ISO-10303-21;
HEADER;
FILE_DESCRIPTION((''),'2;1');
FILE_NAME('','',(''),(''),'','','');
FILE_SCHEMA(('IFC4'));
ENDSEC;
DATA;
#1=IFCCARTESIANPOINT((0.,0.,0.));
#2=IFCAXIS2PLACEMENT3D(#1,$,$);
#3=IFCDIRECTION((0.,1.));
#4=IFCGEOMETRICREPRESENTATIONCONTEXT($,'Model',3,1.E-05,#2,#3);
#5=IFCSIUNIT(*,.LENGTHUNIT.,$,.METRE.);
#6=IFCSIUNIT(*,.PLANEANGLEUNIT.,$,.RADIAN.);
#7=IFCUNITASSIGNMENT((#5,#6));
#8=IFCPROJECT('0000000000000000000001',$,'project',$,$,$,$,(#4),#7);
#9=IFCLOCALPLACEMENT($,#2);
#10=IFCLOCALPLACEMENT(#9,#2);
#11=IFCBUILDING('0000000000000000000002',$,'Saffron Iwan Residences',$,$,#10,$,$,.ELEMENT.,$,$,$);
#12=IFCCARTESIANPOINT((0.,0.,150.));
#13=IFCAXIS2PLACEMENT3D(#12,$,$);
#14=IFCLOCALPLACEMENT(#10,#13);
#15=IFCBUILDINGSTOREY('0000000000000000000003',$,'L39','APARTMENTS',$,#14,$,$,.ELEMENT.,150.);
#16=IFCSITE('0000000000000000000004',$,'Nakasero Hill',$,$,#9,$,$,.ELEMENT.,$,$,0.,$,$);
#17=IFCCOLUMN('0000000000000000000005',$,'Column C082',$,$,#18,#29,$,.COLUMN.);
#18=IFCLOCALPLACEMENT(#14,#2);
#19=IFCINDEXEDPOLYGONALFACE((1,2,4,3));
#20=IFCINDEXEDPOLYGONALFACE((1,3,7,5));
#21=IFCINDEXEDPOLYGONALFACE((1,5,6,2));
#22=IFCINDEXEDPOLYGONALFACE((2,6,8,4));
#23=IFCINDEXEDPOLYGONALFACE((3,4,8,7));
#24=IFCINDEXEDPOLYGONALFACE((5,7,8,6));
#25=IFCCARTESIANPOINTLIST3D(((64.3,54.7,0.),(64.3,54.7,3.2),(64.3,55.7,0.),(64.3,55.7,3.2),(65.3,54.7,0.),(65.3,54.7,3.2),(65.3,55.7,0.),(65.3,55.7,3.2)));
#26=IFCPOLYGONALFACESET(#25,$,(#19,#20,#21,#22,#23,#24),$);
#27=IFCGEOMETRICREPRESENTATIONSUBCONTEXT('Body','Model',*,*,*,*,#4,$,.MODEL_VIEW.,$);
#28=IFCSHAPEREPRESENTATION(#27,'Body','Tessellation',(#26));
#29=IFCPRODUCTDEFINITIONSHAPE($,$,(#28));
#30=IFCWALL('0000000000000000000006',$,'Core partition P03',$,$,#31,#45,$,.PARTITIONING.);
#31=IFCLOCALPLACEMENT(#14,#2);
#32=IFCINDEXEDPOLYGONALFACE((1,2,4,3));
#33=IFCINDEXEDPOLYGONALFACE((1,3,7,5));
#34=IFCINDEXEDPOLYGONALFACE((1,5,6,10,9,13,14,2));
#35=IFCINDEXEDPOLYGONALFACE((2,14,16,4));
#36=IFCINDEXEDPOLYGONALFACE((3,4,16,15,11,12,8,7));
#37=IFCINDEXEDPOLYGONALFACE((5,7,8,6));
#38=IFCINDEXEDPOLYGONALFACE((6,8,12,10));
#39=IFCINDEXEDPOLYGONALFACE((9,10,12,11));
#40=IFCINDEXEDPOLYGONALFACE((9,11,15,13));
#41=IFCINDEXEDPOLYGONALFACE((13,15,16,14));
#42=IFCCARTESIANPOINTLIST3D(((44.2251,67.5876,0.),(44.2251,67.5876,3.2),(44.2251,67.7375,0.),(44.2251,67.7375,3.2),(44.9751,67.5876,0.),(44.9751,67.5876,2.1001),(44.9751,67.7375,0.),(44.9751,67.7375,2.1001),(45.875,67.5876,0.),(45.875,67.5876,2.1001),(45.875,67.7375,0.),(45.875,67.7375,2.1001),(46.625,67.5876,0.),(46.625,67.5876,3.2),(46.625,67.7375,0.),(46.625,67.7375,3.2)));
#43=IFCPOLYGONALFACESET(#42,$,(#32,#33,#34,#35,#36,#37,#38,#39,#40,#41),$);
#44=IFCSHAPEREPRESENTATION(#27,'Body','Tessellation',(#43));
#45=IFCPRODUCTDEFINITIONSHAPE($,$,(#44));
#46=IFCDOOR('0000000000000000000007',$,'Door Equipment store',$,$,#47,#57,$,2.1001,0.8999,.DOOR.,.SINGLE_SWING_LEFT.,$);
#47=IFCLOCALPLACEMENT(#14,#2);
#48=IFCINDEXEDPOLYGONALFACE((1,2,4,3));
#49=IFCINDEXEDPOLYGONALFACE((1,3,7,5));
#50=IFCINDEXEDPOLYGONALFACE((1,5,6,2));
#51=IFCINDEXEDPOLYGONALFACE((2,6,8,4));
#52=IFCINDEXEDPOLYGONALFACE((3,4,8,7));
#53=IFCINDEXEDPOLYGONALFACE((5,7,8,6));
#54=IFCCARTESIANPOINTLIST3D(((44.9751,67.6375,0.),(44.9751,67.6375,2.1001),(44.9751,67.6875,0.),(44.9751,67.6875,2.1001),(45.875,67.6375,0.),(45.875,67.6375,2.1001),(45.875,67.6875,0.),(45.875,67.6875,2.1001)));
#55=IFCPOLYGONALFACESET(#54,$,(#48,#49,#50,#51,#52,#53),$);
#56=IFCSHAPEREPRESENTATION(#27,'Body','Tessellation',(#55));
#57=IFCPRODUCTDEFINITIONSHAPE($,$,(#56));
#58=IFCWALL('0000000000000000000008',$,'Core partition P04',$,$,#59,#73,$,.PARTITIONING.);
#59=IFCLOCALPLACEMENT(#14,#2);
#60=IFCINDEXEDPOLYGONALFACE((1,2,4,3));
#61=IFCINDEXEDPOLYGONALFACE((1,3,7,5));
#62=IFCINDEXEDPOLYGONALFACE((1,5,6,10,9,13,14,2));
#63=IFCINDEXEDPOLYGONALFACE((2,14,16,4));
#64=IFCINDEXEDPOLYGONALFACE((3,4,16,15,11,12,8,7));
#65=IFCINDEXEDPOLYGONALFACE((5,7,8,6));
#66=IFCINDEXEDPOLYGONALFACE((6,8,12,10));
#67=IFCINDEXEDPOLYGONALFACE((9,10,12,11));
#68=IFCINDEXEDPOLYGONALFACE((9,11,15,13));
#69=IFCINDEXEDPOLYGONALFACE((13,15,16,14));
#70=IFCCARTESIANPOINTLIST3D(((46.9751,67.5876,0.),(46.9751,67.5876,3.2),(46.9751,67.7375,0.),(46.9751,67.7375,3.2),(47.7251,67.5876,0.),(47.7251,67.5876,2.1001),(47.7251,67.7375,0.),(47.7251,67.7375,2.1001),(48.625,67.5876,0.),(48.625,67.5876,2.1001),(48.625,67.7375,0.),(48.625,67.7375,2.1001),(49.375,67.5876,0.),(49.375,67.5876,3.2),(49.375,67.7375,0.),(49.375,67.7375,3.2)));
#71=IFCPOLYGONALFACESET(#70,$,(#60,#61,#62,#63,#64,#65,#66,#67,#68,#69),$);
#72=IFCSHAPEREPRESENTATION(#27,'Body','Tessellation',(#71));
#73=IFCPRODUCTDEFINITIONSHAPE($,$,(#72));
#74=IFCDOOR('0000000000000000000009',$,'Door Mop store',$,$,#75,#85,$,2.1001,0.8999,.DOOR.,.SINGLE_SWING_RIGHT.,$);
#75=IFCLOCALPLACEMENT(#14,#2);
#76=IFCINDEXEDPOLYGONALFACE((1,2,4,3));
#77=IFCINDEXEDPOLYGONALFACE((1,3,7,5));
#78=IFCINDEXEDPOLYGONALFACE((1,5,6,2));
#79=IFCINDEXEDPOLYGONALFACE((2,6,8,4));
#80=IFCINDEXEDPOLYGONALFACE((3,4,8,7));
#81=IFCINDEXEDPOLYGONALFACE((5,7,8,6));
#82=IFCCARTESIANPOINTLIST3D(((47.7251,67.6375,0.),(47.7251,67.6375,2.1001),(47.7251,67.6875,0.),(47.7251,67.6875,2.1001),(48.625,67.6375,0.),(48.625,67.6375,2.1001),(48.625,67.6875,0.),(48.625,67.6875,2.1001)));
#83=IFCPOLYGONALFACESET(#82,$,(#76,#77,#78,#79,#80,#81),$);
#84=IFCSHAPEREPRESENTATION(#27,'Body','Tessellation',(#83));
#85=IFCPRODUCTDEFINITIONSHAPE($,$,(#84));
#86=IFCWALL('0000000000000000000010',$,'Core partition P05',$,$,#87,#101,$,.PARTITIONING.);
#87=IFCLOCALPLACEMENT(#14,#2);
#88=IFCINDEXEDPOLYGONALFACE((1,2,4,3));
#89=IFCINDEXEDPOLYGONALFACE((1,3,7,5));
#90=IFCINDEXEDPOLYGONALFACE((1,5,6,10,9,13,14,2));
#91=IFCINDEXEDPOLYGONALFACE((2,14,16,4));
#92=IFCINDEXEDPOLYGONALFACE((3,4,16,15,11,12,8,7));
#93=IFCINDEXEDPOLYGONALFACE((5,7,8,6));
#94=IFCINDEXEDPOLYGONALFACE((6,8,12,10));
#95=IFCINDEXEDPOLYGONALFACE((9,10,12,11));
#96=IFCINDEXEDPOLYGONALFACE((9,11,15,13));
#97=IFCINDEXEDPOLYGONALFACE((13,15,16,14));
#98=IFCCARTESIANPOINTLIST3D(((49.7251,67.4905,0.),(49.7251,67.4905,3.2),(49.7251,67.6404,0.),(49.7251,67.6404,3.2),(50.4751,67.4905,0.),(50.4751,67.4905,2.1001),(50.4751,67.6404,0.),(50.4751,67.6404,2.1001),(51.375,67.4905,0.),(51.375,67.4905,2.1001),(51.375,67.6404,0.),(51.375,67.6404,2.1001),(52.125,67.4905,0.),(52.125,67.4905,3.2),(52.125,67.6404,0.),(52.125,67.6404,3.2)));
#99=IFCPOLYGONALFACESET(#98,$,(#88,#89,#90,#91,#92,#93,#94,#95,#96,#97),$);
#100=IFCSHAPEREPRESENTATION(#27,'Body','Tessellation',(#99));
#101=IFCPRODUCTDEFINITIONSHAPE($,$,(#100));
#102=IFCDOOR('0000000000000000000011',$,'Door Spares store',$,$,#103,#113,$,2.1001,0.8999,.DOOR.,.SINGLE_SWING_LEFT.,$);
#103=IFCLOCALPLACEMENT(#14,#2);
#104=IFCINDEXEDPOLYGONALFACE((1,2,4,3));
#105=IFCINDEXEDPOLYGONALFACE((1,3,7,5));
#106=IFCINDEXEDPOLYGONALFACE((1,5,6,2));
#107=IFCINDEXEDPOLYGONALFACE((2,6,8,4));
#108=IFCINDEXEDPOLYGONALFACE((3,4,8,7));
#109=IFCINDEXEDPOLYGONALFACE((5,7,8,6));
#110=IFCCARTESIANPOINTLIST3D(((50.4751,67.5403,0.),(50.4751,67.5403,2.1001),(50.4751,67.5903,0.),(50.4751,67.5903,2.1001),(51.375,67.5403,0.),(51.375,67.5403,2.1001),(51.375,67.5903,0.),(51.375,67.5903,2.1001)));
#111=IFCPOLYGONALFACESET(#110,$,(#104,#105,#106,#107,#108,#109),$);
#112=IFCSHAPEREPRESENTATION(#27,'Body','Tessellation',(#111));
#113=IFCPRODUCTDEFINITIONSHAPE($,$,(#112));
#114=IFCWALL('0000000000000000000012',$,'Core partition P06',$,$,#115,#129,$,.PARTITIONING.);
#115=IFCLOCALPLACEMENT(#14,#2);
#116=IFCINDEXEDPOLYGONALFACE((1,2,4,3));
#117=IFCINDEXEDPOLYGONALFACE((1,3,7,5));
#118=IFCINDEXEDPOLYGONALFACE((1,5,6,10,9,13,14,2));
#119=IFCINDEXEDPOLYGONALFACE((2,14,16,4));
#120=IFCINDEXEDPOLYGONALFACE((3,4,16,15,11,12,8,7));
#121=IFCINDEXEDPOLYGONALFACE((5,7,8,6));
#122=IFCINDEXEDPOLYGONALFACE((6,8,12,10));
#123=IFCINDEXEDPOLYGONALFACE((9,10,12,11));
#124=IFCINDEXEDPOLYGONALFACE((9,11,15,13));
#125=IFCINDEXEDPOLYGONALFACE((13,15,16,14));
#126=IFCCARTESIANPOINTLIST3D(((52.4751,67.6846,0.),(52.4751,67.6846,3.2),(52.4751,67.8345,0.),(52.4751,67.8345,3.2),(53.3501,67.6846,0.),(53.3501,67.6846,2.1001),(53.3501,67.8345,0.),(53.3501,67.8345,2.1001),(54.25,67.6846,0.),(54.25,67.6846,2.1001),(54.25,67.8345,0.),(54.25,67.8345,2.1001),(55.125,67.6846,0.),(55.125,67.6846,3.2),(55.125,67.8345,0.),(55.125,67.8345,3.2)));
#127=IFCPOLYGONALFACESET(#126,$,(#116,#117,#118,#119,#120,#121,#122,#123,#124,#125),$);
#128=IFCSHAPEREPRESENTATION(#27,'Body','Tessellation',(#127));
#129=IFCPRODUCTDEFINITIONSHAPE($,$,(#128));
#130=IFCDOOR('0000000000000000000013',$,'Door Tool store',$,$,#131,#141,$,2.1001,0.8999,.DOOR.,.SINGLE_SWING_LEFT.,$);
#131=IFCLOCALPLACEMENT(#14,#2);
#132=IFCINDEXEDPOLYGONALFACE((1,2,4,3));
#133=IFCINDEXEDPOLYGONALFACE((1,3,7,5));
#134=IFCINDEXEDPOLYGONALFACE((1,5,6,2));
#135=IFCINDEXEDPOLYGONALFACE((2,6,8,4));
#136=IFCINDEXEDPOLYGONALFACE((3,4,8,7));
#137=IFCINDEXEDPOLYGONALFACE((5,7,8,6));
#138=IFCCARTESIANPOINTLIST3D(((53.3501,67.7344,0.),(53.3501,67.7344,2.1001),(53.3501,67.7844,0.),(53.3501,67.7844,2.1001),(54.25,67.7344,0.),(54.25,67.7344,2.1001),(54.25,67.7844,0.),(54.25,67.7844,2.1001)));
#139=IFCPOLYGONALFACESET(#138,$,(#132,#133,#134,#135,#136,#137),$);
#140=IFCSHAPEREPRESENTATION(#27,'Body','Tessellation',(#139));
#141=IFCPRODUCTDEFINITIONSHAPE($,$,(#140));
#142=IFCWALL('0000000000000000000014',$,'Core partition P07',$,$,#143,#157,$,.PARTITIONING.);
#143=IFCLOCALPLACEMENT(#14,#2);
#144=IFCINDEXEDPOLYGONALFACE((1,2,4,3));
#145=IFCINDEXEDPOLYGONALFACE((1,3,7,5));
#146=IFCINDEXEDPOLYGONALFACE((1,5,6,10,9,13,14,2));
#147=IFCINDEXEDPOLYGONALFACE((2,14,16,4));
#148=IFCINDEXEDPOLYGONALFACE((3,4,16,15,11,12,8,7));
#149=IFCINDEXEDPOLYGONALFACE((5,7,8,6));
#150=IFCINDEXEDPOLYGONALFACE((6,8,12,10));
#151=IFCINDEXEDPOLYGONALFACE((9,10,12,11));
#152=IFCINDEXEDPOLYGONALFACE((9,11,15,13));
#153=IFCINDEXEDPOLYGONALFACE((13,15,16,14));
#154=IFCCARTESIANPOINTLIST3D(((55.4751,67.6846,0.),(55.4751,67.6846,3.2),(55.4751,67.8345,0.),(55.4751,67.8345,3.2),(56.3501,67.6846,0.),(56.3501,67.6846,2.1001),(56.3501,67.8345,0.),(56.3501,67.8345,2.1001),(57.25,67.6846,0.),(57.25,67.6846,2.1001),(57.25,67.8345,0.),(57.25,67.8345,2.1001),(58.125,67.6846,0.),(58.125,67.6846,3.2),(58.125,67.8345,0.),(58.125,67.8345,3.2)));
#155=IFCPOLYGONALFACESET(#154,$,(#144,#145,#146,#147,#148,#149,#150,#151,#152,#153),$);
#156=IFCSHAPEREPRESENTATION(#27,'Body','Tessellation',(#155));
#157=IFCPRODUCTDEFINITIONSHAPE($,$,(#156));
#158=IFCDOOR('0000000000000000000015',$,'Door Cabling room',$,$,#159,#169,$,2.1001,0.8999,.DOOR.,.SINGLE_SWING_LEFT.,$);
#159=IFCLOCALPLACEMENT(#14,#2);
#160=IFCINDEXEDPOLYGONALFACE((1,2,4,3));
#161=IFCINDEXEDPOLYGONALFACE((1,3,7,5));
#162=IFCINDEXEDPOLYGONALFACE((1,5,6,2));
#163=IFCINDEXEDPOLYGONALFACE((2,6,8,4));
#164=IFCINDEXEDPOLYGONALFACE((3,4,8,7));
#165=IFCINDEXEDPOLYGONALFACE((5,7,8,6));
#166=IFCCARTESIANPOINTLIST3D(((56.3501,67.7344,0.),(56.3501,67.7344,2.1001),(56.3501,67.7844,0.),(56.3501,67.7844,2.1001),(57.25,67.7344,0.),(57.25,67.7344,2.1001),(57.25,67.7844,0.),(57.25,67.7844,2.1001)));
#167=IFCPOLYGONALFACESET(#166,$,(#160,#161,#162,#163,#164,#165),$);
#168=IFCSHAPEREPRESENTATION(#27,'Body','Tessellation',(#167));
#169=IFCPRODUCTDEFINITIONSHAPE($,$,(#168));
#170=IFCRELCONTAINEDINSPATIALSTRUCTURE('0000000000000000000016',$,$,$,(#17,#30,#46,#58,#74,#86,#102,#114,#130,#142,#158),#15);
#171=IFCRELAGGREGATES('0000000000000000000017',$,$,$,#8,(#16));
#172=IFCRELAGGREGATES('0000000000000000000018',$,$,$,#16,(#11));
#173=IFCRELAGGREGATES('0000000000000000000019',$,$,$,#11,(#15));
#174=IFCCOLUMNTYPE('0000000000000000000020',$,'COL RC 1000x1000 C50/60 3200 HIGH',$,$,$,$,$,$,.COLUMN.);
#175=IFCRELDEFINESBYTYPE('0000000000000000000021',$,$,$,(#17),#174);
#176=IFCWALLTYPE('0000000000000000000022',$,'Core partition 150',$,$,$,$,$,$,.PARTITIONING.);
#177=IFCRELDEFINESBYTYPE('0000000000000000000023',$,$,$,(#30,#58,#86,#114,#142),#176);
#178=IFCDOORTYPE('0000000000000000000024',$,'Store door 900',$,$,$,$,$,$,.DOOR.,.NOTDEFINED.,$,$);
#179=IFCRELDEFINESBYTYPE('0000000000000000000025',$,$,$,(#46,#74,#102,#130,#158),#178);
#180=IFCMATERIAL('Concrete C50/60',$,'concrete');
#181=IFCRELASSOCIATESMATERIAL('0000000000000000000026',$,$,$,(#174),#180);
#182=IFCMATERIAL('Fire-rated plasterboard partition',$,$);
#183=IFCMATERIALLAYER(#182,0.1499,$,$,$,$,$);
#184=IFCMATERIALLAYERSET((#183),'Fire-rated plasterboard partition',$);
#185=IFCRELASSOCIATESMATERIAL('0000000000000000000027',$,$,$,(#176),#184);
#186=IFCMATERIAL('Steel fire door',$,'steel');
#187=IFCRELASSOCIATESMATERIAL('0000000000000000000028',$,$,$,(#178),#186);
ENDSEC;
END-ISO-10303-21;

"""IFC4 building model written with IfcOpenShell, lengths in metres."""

from ifc_helpers import new_model, si_unit, direction, frame, frame_2d, origin, origin_2d, place, context, subcontext, project, spatial, rectangle, extrude, source, transform, mapped, material, layer, layer_set, material_profile, profile_set, type_object, element, fill, save


model = new_model("IFC4")

# Units and contexts
model_context = context("Model", 3, precision=1e-05, world=origin(), true_north=direction((0.0, 1.0)))
body_context = subcontext(model_context, "Body", "Model", "MODEL_VIEW")
ifc_project = project(units=[si_unit("LENGTHUNIT", "METRE"), si_unit("PLANEANGLEUNIT", "RADIAN")], contexts=[model_context])

# Site, building, storey
site_placement = place(None, origin())
site = spatial("IfcSite", under=ifc_project, at=site_placement, Name="Nakasero Hill", CompositionType="ELEMENT", RefElevation=0.0)
building_placement = place(site_placement, origin())
building = spatial("IfcBuilding", under=site, at=building_placement, Name="Saffron Iwan Residences", CompositionType="ELEMENT")
storey_placement = place(building_placement, frame((0.0, 0.0, 150.0)))
storey = spatial("IfcBuildingStorey", under=building, at=storey_placement, Name="L39", Description="APARTMENTS", CompositionType="ELEMENT", Elevation=150.0)

# Column
ifc_material_1 = material(Name="Concrete C50/60", Category="concrete")
ifc_material_profile = material_profile(ifc_material_1, rectangle(XDim=1.0, YDim=1.0, at=origin_2d()), Name="RC 1000x1000")
ifc_profile_set = profile_set([ifc_material_profile], Name="Concrete C50/60")
column_type = type_object("IfcColumnType", Name="COL RC 1000x1000 C50/60 3200 HIGH", PredefinedType="COLUMN", material=ifc_profile_set)
shared_shape = source(origin(), body_context, "Body", "SweptSolid", [
    extrude(rectangle(XDim=1.0, YDim=1.0, at=origin_2d()), origin(), (0.0, 0.0, 1.0), 3.2),
])
column_placement = place(storey_placement, frame((64.8, 55.2, 0.0), z_axis=(0.0, 0.0, 1.0), x_axis=(1.0, 0.0, 0.0)))
element("IfcColumn", 1, at=column_placement, inside=storey, type_object=column_type, Name="Column C082", PredefinedType="COLUMN", context=body_context, shape_type="MappedRepresentation", body=[
    mapped(shared_shape, transform((0.0, 0.0, 0.0))),
])

# Walls, openings, doors
ifc_material_2 = material(Name="Fire-rated plasterboard partition")
ifc_layer_1 = layer(ifc_material_2, 0.1499)
ifc_layer_set_1 = layer_set([ifc_layer_1], Name="Fire-rated plasterboard partition")
wall_type_1 = type_object("IfcWallType", Name="Core partition 150", PredefinedType="PARTITIONING", material=ifc_layer_set_1)
wall_1_placement = place(storey_placement, frame((44.2251, 67.6626, 0.0), z_axis=(0.0, 0.0, 1.0), x_axis=(1.0, 0.0, 0.0)))
wall_1 = element("IfcWall", 2, at=wall_1_placement, inside=storey, type_object=wall_type_1, Name="Core partition P03", PredefinedType="PARTITIONING", context=body_context, shape_type="SweptSolid", body=[
    extrude(rectangle(XDim=2.3999, YDim=0.1499, at=frame_2d((1.2, 0.0))), origin(), (0.0, 0.0, 1.0), 3.2),
])
opening_1_placement = place(wall_1_placement, frame((0.75, 0.0, 0.0)))
opening_1 = element("IfcOpeningElement", 3, at=opening_1_placement, cuts=wall_1, PredefinedType="OPENING", context=body_context, shape_type="SweptSolid", body=[
    extrude(rectangle(XDim=0.8999, YDim=2.1001, at=frame_2d((0.45, 1.05))), frame((0.0, 0.085, 0.0), z_axis=(0.0, -1.0, 0.0), x_axis=(1.0, 0.0, 0.0)), (0.0, 0.0, 1.0), 0.1699),
])
ifc_material_3 = material(Name="Steel fire door", Category="steel")
door_type_1 = type_object("IfcDoorType", Name="Store door 900", OperationType="NOTDEFINED", PredefinedType="DOOR", material=ifc_material_3)
door_1_placement = place(opening_1_placement, origin())
door_1 = element("IfcDoor", 4, at=door_1_placement, inside=storey, type_object=door_type_1, Name="Door Equipment store", OperationType="SINGLE_SWING_LEFT", OverallHeight=2.1001, OverallWidth=0.8999, PredefinedType="DOOR", context=body_context, shape_type="SweptSolid", body=[
    extrude(rectangle(XDim=0.8999, YDim=2.1001, at=frame_2d((0.45, 1.05))), frame((0.0, 0.0249, 0.0), z_axis=(0.0, -1.0, 0.0), x_axis=(1.0, 0.0, 0.0)), (0.0, 0.0, 1.0), 0.05),
])
fill(opening_1, door_1)
wall_2_placement = place(storey_placement, frame((46.9751, 67.6626, 0.0), z_axis=(0.0, 0.0, 1.0), x_axis=(1.0, 0.0, 0.0)))
wall_2 = element("IfcWall", 5, at=wall_2_placement, inside=storey, type_object=wall_type_1, Name="Core partition P04", PredefinedType="PARTITIONING", context=body_context, shape_type="SweptSolid", body=[
    extrude(rectangle(XDim=2.3999, YDim=0.1499, at=frame_2d((1.2, 0.0))), origin(), (0.0, 0.0, 1.0), 3.2),
])
opening_2_placement = place(wall_2_placement, frame((0.75, 0.0, 0.0)))
opening_2 = element("IfcOpeningElement", 6, at=opening_2_placement, cuts=wall_2, PredefinedType="OPENING", context=body_context, shape_type="SweptSolid", body=[
    extrude(rectangle(XDim=0.8999, YDim=2.1001, at=frame_2d((0.45, 1.05))), frame((0.0, 0.085, 0.0), z_axis=(0.0, -1.0, 0.0), x_axis=(1.0, 0.0, 0.0)), (0.0, 0.0, 1.0), 0.1699),
])
door_2_placement = place(opening_2_placement, origin())
door_2 = element("IfcDoor", 7, at=door_2_placement, inside=storey, type_object=door_type_1, Name="Door Mop store", OperationType="SINGLE_SWING_RIGHT", OverallHeight=2.1001, OverallWidth=0.8999, PredefinedType="DOOR", context=body_context, shape_type="SweptSolid", body=[
    extrude(rectangle(XDim=0.8999, YDim=2.1001, at=frame_2d((0.45, 1.05))), frame((0.0, 0.0249, 0.0), z_axis=(0.0, -1.0, 0.0), x_axis=(1.0, 0.0, 0.0)), (0.0, 0.0, 1.0), 0.05),
])
fill(opening_2, door_2)
wall_3_placement = place(storey_placement, frame((49.7251, 67.5654, 0.0), z_axis=(0.0, 0.0, 1.0), x_axis=(1.0, 0.0, 0.0)))
wall_3 = element("IfcWall", 8, at=wall_3_placement, inside=storey, type_object=wall_type_1, Name="Core partition P05", PredefinedType="PARTITIONING", context=body_context, shape_type="SweptSolid", body=[
    extrude(rectangle(XDim=2.3999, YDim=0.1499, at=frame_2d((1.2, 0.0))), origin(), (0.0, 0.0, 1.0), 3.2),
])
opening_3_placement = place(wall_3_placement, frame((0.75, 0.0, 0.0)))
opening_3 = element("IfcOpeningElement", 9, at=opening_3_placement, cuts=wall_3, PredefinedType="OPENING", context=body_context, shape_type="SweptSolid", body=[
    extrude(rectangle(XDim=0.8999, YDim=2.1001, at=frame_2d((0.45, 1.05))), frame((0.0, 0.085, 0.0), z_axis=(0.0, -1.0, 0.0), x_axis=(1.0, 0.0, 0.0)), (0.0, 0.0, 1.0), 0.1699),
])
door_3_placement = place(opening_3_placement, origin())
door_3 = element("IfcDoor", 10, at=door_3_placement, inside=storey, type_object=door_type_1, Name="Door Spares store", OperationType="SINGLE_SWING_LEFT", OverallHeight=2.1001, OverallWidth=0.8999, PredefinedType="DOOR", context=body_context, shape_type="SweptSolid", body=[
    extrude(rectangle(XDim=0.8999, YDim=2.1001, at=frame_2d((0.45, 1.05))), frame((0.0, 0.0249, 0.0), z_axis=(0.0, -1.0, 0.0), x_axis=(1.0, 0.0, 0.0)), (0.0, 0.0, 1.0), 0.05),
])
fill(opening_3, door_3)
wall_4_placement = place(storey_placement, frame((52.4751, 67.7595, 0.0), z_axis=(0.0, 0.0, 1.0), x_axis=(1.0, 0.0, 0.0)))
wall_4 = element("IfcWall", 11, at=wall_4_placement, inside=storey, type_object=wall_type_1, Name="Core partition P06", PredefinedType="PARTITIONING", context=body_context, shape_type="SweptSolid", body=[
    extrude(rectangle(XDim=2.6499, YDim=0.1499, at=frame_2d((1.325, 0.0))), origin(), (0.0, 0.0, 1.0), 3.2),
])
opening_4_placement = place(wall_4_placement, frame((0.875, 0.0, 0.0)))
opening_4 = element("IfcOpeningElement", 12, at=opening_4_placement, cuts=wall_4, PredefinedType="OPENING", context=body_context, shape_type="SweptSolid", body=[
    extrude(rectangle(XDim=0.8999, YDim=2.1001, at=frame_2d((0.45, 1.05))), frame((0.0, 0.085, 0.0), z_axis=(0.0, -1.0, 0.0), x_axis=(1.0, 0.0, 0.0)), (0.0, 0.0, 1.0), 0.1699),
])
door_4_placement = place(opening_4_placement, origin())
door_4 = element("IfcDoor", 13, at=door_4_placement, inside=storey, type_object=door_type_1, Name="Door Tool store", OperationType="SINGLE_SWING_LEFT", OverallHeight=2.1001, OverallWidth=0.8999, PredefinedType="DOOR", context=body_context, shape_type="SweptSolid", body=[
    extrude(rectangle(XDim=0.8999, YDim=2.1001, at=frame_2d((0.45, 1.05))), frame((0.0, 0.0249, 0.0), z_axis=(0.0, -1.0, 0.0), x_axis=(1.0, 0.0, 0.0)), (0.0, 0.0, 1.0), 0.05),
])
fill(opening_4, door_4)
wall_5_placement = place(storey_placement, frame((55.4751, 67.7595, 0.0), z_axis=(0.0, 0.0, 1.0), x_axis=(1.0, 0.0, 0.0)))
wall_5 = element("IfcWall", 14, at=wall_5_placement, inside=storey, type_object=wall_type_1, Name="Core partition P07", PredefinedType="PARTITIONING", context=body_context, shape_type="SweptSolid", body=[
    extrude(rectangle(XDim=2.6499, YDim=0.1499, at=frame_2d((1.325, 0.0))), origin(), (0.0, 0.0, 1.0), 3.2),
])
opening_5_placement = place(wall_5_placement, frame((0.875, 0.0, 0.0)))
opening_5 = element("IfcOpeningElement", 15, at=opening_5_placement, cuts=wall_5, PredefinedType="OPENING", context=body_context, shape_type="SweptSolid", body=[
    extrude(rectangle(XDim=0.8999, YDim=2.1001, at=frame_2d((0.45, 1.05))), frame((0.0, 0.085, 0.0), z_axis=(0.0, -1.0, 0.0), x_axis=(1.0, 0.0, 0.0)), (0.0, 0.0, 1.0), 0.1699),
])
door_5_placement = place(opening_5_placement, origin())
door_5 = element("IfcDoor", 16, at=door_5_placement, inside=storey, type_object=door_type_1, Name="Door Cabling room", OperationType="SINGLE_SWING_LEFT", OverallHeight=2.1001, OverallWidth=0.8999, PredefinedType="DOOR", context=body_context, shape_type="SweptSolid", body=[
    extrude(rectangle(XDim=0.8999, YDim=2.1001, at=frame_2d((0.45, 1.05))), frame((0.0, 0.0249, 0.0), z_axis=(0.0, -1.0, 0.0), x_axis=(1.0, 0.0, 0.0)), (0.0, 0.0, 1.0), 0.05),
])
fill(opening_5, door_5)

save(model, "model.ifc")
